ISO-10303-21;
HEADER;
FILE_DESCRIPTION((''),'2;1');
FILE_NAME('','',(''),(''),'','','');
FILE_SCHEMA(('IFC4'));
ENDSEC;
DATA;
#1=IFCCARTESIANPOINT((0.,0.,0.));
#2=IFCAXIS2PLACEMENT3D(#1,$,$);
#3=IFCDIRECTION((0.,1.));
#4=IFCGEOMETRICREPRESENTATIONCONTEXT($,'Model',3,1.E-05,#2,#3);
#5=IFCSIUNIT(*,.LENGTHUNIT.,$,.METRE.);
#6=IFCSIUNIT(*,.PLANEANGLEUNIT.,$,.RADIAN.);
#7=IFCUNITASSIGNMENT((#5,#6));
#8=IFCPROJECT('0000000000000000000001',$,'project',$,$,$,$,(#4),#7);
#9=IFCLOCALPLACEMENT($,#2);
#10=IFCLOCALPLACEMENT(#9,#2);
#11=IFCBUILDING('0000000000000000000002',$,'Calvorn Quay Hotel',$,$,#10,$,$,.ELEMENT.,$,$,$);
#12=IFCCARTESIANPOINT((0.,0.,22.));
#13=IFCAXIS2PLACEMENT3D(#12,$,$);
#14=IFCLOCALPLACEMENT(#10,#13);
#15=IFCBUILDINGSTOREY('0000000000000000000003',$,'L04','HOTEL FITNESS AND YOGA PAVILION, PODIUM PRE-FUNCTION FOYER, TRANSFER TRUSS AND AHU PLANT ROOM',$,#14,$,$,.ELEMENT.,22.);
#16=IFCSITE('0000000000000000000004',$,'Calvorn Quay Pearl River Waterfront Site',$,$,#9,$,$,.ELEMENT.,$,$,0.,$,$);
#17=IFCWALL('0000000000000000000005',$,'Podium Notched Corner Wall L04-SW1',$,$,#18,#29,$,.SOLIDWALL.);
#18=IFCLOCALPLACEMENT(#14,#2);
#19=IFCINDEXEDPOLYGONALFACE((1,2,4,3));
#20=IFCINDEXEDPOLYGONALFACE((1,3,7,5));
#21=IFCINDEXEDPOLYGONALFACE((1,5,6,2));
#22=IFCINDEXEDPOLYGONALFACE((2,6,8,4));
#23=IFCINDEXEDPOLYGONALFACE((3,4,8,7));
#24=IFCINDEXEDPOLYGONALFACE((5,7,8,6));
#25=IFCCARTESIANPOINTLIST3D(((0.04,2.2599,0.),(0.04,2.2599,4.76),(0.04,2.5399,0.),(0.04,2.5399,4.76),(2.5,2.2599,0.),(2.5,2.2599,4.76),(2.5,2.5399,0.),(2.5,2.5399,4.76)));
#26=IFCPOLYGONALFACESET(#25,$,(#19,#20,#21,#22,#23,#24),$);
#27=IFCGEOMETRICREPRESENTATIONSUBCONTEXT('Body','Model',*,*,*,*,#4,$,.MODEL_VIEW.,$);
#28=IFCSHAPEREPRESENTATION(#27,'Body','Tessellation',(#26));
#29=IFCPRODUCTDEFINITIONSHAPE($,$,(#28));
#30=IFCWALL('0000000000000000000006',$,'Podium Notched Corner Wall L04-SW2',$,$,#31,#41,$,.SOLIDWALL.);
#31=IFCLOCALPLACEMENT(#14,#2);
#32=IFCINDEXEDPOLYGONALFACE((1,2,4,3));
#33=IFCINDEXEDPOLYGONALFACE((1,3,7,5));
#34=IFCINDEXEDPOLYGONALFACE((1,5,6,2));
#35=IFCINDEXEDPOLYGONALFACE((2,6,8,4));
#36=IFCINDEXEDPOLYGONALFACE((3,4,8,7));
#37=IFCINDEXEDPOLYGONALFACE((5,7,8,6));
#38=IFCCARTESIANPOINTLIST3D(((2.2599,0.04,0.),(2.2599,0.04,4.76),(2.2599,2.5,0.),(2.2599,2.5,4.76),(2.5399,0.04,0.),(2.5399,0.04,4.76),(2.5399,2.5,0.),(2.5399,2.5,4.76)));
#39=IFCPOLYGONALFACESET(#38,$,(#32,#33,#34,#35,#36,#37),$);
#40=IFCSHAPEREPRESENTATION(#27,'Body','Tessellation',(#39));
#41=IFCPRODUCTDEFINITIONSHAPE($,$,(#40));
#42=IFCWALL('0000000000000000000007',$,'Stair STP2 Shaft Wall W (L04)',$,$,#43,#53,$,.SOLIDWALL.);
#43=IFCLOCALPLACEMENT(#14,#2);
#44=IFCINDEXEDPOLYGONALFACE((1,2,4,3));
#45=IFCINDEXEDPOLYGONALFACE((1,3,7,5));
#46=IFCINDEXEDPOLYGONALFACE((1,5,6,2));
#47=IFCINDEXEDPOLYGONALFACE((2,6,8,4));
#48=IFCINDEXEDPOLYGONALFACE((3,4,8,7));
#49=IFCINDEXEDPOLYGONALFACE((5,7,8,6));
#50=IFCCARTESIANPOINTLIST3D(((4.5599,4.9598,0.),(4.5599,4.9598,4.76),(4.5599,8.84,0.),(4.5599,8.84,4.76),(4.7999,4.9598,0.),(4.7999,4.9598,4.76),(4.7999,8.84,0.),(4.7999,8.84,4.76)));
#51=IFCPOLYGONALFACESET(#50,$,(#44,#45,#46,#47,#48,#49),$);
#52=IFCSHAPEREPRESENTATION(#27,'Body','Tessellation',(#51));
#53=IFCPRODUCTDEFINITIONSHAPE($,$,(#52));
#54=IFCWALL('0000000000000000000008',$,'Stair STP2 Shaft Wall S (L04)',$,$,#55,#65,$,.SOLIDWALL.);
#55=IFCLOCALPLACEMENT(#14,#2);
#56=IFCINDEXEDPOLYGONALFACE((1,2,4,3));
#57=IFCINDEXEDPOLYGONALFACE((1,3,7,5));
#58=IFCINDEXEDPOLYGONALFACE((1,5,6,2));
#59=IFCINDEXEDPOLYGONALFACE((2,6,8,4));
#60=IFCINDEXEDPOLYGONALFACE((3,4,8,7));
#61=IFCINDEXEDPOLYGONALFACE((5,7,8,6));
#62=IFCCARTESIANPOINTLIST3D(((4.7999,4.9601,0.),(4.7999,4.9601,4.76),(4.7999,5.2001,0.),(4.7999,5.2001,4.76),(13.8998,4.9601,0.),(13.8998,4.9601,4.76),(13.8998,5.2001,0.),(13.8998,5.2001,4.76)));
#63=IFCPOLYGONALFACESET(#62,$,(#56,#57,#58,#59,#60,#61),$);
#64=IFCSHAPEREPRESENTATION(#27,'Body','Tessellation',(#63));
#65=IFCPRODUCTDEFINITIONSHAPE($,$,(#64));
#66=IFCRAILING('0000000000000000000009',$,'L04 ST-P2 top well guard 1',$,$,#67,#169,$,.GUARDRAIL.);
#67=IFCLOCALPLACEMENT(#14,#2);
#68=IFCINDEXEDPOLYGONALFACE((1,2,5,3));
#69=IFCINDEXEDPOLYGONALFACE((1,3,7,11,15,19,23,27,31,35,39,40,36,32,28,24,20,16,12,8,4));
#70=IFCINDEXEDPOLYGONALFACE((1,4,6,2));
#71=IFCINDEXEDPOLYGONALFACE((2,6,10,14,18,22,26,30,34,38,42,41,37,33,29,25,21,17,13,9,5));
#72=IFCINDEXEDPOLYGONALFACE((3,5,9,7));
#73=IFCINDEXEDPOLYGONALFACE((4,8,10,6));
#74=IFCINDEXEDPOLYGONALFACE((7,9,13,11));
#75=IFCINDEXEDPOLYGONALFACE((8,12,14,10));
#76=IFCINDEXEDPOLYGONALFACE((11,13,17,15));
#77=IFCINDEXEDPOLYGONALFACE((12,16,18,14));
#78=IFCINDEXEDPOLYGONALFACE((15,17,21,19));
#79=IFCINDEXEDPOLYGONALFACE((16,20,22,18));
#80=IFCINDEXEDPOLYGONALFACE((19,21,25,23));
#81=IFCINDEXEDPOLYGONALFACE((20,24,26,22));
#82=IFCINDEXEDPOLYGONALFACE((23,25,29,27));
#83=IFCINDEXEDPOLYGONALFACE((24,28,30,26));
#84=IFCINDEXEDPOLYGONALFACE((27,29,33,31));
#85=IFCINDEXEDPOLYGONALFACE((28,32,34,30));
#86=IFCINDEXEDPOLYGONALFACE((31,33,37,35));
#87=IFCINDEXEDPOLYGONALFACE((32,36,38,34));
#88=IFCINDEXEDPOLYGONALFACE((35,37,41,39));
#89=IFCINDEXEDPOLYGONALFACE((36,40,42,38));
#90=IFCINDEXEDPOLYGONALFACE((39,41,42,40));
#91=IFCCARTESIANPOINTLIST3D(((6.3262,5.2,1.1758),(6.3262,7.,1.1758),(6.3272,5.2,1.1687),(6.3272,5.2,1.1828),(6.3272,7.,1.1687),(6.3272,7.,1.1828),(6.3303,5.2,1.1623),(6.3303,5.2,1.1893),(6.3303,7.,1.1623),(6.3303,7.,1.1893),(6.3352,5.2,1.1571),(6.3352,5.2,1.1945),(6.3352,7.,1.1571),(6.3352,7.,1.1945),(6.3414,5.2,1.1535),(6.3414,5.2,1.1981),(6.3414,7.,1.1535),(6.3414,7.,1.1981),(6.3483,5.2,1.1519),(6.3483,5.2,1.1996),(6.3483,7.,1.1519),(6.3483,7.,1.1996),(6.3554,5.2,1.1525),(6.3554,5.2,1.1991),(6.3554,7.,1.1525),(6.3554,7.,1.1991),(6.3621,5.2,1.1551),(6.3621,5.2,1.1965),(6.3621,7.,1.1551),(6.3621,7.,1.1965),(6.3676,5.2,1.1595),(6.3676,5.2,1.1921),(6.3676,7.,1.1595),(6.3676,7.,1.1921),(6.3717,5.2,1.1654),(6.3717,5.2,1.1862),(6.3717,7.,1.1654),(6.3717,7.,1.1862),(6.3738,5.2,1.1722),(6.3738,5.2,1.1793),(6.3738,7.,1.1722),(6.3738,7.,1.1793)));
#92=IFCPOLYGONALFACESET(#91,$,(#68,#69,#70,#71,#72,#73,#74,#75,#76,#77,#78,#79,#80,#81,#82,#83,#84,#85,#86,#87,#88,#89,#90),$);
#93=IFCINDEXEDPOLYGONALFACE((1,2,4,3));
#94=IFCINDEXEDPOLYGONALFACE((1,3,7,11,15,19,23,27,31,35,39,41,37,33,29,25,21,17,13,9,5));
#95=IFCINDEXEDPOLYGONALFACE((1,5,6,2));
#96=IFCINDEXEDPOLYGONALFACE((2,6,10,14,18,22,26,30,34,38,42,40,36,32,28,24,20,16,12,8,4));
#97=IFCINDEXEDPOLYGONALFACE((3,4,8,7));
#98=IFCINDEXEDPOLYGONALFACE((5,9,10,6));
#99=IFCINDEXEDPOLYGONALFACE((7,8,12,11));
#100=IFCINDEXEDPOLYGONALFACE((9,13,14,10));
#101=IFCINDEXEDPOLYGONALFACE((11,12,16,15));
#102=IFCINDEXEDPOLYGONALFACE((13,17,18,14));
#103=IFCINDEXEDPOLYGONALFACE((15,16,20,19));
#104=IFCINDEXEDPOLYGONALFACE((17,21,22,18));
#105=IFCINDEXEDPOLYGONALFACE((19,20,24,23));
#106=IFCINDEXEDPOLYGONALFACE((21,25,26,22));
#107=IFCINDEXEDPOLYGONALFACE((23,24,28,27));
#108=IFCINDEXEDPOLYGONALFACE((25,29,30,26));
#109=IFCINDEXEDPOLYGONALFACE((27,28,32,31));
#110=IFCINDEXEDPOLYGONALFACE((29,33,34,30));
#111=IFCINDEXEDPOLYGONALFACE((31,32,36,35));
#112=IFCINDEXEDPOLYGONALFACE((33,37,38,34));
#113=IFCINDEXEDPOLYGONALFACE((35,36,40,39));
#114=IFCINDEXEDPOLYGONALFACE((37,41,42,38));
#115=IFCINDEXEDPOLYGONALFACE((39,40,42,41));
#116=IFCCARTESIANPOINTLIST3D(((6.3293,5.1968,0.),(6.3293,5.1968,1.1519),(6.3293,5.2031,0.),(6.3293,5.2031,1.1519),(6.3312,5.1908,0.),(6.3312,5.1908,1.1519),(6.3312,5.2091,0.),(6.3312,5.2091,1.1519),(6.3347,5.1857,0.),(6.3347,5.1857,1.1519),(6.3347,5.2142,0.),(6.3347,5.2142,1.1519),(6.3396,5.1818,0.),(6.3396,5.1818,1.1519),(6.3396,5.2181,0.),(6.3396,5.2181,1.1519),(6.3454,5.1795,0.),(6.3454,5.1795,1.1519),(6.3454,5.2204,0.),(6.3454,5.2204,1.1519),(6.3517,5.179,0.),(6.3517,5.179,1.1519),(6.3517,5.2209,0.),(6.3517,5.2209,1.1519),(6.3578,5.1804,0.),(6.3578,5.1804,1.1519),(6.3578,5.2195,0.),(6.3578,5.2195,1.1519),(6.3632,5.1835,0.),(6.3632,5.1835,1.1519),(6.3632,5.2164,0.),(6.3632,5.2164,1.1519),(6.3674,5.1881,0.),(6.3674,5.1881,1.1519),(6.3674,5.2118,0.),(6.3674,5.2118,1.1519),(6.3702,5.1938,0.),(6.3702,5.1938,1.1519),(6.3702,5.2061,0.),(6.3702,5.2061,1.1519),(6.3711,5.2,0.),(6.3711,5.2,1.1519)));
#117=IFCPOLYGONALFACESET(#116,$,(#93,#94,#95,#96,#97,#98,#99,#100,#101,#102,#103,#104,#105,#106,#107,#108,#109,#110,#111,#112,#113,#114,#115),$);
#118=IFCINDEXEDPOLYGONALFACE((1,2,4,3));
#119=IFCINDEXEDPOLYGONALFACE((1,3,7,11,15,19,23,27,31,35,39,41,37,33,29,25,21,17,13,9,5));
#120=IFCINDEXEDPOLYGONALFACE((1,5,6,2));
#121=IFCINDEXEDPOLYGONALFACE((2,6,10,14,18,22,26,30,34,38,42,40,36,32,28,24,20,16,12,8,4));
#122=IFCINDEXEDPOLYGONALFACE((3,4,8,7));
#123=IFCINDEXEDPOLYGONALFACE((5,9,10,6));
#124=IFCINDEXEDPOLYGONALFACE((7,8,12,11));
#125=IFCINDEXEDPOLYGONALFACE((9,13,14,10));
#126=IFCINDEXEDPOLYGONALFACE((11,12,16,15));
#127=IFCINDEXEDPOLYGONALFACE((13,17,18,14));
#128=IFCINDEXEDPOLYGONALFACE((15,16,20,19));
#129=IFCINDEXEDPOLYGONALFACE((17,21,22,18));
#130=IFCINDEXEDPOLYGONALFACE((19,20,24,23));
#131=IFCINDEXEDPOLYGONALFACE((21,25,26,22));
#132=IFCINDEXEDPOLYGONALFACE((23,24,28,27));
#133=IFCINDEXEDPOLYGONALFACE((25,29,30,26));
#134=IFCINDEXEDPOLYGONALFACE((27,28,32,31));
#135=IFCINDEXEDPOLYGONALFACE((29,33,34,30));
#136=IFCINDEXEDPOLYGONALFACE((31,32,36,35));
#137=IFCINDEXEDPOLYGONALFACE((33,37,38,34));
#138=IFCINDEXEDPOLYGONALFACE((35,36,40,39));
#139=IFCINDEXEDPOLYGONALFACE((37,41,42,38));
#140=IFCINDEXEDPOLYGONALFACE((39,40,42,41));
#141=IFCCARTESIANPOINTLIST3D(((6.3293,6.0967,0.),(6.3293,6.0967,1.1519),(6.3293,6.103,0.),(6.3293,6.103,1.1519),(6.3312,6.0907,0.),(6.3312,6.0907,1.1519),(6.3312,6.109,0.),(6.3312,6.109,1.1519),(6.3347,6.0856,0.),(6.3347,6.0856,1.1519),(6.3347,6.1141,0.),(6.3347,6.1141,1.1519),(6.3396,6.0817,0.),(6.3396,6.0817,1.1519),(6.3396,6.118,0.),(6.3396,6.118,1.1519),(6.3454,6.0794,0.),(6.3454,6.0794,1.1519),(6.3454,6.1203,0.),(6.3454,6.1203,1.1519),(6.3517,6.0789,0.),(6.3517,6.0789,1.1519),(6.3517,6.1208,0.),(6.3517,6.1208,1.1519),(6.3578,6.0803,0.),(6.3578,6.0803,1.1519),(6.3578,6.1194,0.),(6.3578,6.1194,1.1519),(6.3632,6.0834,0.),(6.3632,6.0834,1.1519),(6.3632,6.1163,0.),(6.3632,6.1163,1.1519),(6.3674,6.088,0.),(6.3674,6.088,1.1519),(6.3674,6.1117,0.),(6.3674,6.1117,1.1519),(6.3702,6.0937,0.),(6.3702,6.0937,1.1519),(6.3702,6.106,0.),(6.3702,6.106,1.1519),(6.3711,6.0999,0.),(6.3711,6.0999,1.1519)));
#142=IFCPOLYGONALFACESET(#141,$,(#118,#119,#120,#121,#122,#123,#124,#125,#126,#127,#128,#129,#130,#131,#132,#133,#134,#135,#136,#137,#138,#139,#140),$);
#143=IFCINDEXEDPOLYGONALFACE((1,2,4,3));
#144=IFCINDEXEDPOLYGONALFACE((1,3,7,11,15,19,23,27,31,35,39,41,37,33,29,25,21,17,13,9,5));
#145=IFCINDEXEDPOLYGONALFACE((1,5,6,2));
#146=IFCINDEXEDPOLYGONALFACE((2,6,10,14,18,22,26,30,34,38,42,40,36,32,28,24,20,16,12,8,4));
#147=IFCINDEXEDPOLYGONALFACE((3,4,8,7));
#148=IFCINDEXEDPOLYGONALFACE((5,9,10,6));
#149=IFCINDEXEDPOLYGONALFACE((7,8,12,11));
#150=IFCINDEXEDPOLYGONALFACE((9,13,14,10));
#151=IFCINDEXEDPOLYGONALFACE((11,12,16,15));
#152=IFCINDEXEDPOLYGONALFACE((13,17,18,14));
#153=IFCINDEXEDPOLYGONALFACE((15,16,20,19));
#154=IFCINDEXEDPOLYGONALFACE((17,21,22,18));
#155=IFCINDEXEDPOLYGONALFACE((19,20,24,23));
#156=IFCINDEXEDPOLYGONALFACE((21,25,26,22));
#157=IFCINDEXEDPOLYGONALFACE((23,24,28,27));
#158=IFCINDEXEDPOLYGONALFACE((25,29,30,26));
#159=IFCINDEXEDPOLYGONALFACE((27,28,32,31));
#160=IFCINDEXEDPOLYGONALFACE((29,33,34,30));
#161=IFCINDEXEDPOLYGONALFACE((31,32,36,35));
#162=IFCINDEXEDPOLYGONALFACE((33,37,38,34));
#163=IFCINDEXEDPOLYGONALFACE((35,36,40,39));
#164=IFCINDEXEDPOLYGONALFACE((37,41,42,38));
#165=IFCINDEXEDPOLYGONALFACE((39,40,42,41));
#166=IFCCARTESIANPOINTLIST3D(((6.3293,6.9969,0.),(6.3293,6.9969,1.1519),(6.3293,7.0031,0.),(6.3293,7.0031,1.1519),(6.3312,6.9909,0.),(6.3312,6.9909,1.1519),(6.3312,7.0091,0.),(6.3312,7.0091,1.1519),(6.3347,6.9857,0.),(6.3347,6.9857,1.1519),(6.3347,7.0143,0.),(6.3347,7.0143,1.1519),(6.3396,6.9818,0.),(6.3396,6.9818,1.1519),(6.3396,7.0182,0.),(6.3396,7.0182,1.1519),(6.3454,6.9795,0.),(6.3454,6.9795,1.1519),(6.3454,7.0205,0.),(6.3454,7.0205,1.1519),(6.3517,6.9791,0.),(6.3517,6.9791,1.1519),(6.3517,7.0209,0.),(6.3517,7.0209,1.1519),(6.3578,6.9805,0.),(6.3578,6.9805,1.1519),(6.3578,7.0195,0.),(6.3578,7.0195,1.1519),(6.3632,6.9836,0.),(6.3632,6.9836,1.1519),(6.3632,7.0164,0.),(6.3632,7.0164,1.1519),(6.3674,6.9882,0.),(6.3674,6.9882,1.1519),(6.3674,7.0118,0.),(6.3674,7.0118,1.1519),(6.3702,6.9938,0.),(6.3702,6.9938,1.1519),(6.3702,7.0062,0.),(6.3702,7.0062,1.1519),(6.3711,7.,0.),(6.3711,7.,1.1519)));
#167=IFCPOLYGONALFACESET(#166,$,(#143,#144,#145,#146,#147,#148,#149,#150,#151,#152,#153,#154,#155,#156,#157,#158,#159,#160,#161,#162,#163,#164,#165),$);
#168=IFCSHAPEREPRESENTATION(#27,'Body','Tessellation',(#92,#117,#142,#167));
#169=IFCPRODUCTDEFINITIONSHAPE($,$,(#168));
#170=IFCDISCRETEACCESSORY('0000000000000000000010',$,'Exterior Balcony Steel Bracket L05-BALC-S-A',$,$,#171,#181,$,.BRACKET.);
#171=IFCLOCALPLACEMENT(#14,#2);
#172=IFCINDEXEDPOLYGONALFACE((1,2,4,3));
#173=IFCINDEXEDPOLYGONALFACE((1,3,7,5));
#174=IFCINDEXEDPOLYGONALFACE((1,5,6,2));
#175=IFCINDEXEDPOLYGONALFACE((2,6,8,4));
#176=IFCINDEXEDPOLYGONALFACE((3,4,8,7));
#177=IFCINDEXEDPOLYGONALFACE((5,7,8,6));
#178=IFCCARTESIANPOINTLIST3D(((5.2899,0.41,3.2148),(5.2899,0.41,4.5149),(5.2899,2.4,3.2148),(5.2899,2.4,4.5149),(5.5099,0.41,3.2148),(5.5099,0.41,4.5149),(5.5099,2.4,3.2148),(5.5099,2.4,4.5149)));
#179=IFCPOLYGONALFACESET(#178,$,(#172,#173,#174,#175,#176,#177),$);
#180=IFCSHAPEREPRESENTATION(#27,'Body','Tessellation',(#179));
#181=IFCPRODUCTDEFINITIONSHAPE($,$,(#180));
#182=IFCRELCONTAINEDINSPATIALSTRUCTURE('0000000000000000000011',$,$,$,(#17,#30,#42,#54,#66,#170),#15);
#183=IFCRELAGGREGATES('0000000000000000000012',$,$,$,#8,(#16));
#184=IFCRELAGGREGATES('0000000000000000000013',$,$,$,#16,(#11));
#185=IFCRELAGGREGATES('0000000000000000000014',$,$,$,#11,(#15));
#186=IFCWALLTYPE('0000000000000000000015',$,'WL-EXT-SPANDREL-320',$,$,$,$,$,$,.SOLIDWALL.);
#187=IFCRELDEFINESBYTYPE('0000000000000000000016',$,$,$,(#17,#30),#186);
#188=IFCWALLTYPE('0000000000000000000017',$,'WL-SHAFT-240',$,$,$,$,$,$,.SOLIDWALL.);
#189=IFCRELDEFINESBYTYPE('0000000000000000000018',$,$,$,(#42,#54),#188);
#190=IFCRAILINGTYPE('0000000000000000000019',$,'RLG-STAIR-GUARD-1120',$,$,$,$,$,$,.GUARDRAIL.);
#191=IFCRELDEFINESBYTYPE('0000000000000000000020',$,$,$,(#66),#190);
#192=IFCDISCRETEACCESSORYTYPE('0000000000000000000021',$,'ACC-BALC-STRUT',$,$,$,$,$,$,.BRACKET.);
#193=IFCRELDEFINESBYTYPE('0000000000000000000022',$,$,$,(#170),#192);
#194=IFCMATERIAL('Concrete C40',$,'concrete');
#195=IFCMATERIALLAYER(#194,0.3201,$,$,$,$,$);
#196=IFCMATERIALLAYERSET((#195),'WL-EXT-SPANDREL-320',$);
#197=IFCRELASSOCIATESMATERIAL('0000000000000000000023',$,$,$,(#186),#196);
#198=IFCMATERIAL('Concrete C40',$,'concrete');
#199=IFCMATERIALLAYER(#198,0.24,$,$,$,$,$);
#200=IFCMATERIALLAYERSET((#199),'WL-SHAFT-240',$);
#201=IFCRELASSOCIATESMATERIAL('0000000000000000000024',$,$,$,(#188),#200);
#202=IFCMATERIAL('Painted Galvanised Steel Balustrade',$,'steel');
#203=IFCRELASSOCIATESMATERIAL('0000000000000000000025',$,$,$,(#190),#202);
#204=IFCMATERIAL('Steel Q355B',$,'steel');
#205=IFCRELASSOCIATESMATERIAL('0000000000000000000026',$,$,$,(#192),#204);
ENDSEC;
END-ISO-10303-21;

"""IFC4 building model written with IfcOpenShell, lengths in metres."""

from ifc_helpers import new_model, si_unit, direction, frame, frame_2d, origin, origin_2d, place, context, subcontext, project, spatial, rectangle, circle, extrude, material, layer, layer_set, type_object, element, save


model = new_model("IFC4")

# Units and contexts
model_context = context("Model", 3, precision=1e-05, world=origin(), true_north=direction((0.0, 1.0)))
body_context = subcontext(model_context, "Body", "Model", "MODEL_VIEW")
ifc_project = project(units=[si_unit("LENGTHUNIT", "METRE"), si_unit("PLANEANGLEUNIT", "RADIAN")], contexts=[model_context])

# Site, building, storey
site_placement = place(None, origin())
site = spatial("IfcSite", under=ifc_project, at=site_placement, Name="Calvorn Quay Pearl River Waterfront Site", CompositionType="ELEMENT", RefElevation=0.0)
building_placement = place(site_placement, origin())
building = spatial("IfcBuilding", under=site, at=building_placement, Name="Calvorn Quay Hotel", CompositionType="ELEMENT")
storey_placement = place(building_placement, frame((0.0, 0.0, 22.0)))
storey = spatial("IfcBuildingStorey", under=building, at=storey_placement, Name="L04", Description="HOTEL FITNESS AND YOGA PAVILION, PODIUM PRE-FUNCTION FOYER, TRANSFER TRUSS AND AHU PLANT ROOM", CompositionType="ELEMENT", Elevation=22.0)

# Walls
ifc_material_1 = material(Name="Concrete C40", Category="concrete")
ifc_layer_1 = layer(ifc_material_1, 0.3201)
ifc_layer_set_1 = layer_set([ifc_layer_1], Name="WL-EXT-SPANDREL-320")
wall_type_1 = type_object("IfcWallType", Name="WL-EXT-SPANDREL-320", PredefinedType="SOLIDWALL", material=ifc_layer_set_1)
for number, where, z_axis, x_axis, name in (
    (1, (0.04, 2.3999, 0.0), (0.0, 0.0, 1.0), (1.0, 0.0, 0.0), "Podium Notched Corner Wall L04-SW1"),
    (2, (2.3999, 2.5, 0.0), (0.0, 0.0, 1.0), (0.0, -1.0, 0.0), "Podium Notched Corner Wall L04-SW2"),
):
    element("IfcWall", number, at=place(storey_placement, frame(where, z_axis=z_axis, x_axis=x_axis)), inside=storey, type_object=wall_type_1, Name=name, PredefinedType="SOLIDWALL", context=body_context, shape_type="SweptSolid", body=[
        extrude(rectangle(XDim=2.46, YDim=0.28, at=frame_2d((1.23, 0.0))), origin(), (0.0, 0.0, 1.0), 4.76),
    ])
ifc_material_2 = material(Name="Concrete C40", Category="concrete")
ifc_layer_2 = layer(ifc_material_2, 0.24)
ifc_layer_set_2 = layer_set([ifc_layer_2], Name="WL-SHAFT-240")
wall_type_2 = type_object("IfcWallType", Name="WL-SHAFT-240", PredefinedType="SOLIDWALL", material=ifc_layer_set_2)
wall_1_placement = place(storey_placement, frame((4.6799, 4.96, 0.0), z_axis=(0.0, 0.0, 1.0), x_axis=(0.0, 1.0, 0.0)))
element("IfcWall", 3, at=wall_1_placement, inside=storey, type_object=wall_type_2, Name="Stair STP2 Shaft Wall W (L04)", PredefinedType="SOLIDWALL", context=body_context, shape_type="SweptSolid", body=[
    extrude(rectangle(XDim=3.8801, YDim=0.24, at=frame_2d((1.9399, 0.0))), origin(), (0.0, 0.0, 1.0), 4.76),
])
wall_2_placement = place(storey_placement, frame((4.8, 5.0801, 0.0), z_axis=(0.0, 0.0, 1.0), x_axis=(1.0, 0.0, 0.0)))
element("IfcWall", 4, at=wall_2_placement, inside=storey, type_object=wall_type_2, Name="Stair STP2 Shaft Wall S (L04)", PredefinedType="SOLIDWALL", context=body_context, shape_type="SweptSolid", body=[
    extrude(rectangle(XDim=9.0999, YDim=0.24, at=frame_2d((4.5498, 0.0))), origin(), (0.0, 0.0, 1.0), 4.76),
])

# Railing
ifc_material_3 = material(Name="Painted Galvanised Steel Balustrade", Category="steel")
railing_type = type_object("IfcRailingType", Name="RLG-STAIR-GUARD-1120", PredefinedType="GUARDRAIL", material=ifc_material_3)
railing_placement = place(storey_placement, frame((6.3501, 5.2, 0.0)))
element("IfcRailing", 5, at=railing_placement, inside=storey, type_object=railing_type, Name="L04 ST-P2 top well guard 1", PredefinedType="GUARDRAIL", context=body_context, shape_type="SweptSolid", body=[
    extrude(circle(Radius=0.0239, at=origin_2d()), frame((0.0, 0.0, 1.1758), z_axis=(0.0, 1.0, 0.0), x_axis=(-1.0, 0.0, 0.0)), (0.0, 0.0, 1.0), 1.8),
    extrude(circle(Radius=0.021, at=origin_2d()), origin(), (0.0, 0.0, 1.0), 1.1519),
    extrude(circle(Radius=0.021, at=origin_2d()), frame((0.0, 0.8999, 0.0)), (0.0, 0.0, 1.0), 1.1519),
    extrude(circle(Radius=0.021, at=origin_2d()), frame((0.0, 1.8, 0.0)), (0.0, 0.0, 1.0), 1.1519),
])

# Discrete accessory
ifc_material_4 = material(Name="Steel Q355B", Category="steel")
discrete_accessory_type = type_object("IfcDiscreteAccessoryType", Name="ACC-BALC-STRUT", PredefinedType="BRACKET", material=ifc_material_4)
discrete_accessory_placement = place(storey_placement, frame((5.3999, 1.405, 3.2148), z_axis=(0.0, 0.0, 1.0), x_axis=(1.0, 0.0, 0.0)))
element("IfcDiscreteAccessory", 6, at=discrete_accessory_placement, inside=storey, type_object=discrete_accessory_type, Name="Exterior Balcony Steel Bracket L05-BALC-S-A", PredefinedType="BRACKET", context=body_context, shape_type="SweptSolid", body=[
    extrude(rectangle(XDim=0.22, YDim=1.99, at=origin_2d()), origin(), (0.0, 0.0, 1.0), 1.3),
])

save(model, "model.ifc")
